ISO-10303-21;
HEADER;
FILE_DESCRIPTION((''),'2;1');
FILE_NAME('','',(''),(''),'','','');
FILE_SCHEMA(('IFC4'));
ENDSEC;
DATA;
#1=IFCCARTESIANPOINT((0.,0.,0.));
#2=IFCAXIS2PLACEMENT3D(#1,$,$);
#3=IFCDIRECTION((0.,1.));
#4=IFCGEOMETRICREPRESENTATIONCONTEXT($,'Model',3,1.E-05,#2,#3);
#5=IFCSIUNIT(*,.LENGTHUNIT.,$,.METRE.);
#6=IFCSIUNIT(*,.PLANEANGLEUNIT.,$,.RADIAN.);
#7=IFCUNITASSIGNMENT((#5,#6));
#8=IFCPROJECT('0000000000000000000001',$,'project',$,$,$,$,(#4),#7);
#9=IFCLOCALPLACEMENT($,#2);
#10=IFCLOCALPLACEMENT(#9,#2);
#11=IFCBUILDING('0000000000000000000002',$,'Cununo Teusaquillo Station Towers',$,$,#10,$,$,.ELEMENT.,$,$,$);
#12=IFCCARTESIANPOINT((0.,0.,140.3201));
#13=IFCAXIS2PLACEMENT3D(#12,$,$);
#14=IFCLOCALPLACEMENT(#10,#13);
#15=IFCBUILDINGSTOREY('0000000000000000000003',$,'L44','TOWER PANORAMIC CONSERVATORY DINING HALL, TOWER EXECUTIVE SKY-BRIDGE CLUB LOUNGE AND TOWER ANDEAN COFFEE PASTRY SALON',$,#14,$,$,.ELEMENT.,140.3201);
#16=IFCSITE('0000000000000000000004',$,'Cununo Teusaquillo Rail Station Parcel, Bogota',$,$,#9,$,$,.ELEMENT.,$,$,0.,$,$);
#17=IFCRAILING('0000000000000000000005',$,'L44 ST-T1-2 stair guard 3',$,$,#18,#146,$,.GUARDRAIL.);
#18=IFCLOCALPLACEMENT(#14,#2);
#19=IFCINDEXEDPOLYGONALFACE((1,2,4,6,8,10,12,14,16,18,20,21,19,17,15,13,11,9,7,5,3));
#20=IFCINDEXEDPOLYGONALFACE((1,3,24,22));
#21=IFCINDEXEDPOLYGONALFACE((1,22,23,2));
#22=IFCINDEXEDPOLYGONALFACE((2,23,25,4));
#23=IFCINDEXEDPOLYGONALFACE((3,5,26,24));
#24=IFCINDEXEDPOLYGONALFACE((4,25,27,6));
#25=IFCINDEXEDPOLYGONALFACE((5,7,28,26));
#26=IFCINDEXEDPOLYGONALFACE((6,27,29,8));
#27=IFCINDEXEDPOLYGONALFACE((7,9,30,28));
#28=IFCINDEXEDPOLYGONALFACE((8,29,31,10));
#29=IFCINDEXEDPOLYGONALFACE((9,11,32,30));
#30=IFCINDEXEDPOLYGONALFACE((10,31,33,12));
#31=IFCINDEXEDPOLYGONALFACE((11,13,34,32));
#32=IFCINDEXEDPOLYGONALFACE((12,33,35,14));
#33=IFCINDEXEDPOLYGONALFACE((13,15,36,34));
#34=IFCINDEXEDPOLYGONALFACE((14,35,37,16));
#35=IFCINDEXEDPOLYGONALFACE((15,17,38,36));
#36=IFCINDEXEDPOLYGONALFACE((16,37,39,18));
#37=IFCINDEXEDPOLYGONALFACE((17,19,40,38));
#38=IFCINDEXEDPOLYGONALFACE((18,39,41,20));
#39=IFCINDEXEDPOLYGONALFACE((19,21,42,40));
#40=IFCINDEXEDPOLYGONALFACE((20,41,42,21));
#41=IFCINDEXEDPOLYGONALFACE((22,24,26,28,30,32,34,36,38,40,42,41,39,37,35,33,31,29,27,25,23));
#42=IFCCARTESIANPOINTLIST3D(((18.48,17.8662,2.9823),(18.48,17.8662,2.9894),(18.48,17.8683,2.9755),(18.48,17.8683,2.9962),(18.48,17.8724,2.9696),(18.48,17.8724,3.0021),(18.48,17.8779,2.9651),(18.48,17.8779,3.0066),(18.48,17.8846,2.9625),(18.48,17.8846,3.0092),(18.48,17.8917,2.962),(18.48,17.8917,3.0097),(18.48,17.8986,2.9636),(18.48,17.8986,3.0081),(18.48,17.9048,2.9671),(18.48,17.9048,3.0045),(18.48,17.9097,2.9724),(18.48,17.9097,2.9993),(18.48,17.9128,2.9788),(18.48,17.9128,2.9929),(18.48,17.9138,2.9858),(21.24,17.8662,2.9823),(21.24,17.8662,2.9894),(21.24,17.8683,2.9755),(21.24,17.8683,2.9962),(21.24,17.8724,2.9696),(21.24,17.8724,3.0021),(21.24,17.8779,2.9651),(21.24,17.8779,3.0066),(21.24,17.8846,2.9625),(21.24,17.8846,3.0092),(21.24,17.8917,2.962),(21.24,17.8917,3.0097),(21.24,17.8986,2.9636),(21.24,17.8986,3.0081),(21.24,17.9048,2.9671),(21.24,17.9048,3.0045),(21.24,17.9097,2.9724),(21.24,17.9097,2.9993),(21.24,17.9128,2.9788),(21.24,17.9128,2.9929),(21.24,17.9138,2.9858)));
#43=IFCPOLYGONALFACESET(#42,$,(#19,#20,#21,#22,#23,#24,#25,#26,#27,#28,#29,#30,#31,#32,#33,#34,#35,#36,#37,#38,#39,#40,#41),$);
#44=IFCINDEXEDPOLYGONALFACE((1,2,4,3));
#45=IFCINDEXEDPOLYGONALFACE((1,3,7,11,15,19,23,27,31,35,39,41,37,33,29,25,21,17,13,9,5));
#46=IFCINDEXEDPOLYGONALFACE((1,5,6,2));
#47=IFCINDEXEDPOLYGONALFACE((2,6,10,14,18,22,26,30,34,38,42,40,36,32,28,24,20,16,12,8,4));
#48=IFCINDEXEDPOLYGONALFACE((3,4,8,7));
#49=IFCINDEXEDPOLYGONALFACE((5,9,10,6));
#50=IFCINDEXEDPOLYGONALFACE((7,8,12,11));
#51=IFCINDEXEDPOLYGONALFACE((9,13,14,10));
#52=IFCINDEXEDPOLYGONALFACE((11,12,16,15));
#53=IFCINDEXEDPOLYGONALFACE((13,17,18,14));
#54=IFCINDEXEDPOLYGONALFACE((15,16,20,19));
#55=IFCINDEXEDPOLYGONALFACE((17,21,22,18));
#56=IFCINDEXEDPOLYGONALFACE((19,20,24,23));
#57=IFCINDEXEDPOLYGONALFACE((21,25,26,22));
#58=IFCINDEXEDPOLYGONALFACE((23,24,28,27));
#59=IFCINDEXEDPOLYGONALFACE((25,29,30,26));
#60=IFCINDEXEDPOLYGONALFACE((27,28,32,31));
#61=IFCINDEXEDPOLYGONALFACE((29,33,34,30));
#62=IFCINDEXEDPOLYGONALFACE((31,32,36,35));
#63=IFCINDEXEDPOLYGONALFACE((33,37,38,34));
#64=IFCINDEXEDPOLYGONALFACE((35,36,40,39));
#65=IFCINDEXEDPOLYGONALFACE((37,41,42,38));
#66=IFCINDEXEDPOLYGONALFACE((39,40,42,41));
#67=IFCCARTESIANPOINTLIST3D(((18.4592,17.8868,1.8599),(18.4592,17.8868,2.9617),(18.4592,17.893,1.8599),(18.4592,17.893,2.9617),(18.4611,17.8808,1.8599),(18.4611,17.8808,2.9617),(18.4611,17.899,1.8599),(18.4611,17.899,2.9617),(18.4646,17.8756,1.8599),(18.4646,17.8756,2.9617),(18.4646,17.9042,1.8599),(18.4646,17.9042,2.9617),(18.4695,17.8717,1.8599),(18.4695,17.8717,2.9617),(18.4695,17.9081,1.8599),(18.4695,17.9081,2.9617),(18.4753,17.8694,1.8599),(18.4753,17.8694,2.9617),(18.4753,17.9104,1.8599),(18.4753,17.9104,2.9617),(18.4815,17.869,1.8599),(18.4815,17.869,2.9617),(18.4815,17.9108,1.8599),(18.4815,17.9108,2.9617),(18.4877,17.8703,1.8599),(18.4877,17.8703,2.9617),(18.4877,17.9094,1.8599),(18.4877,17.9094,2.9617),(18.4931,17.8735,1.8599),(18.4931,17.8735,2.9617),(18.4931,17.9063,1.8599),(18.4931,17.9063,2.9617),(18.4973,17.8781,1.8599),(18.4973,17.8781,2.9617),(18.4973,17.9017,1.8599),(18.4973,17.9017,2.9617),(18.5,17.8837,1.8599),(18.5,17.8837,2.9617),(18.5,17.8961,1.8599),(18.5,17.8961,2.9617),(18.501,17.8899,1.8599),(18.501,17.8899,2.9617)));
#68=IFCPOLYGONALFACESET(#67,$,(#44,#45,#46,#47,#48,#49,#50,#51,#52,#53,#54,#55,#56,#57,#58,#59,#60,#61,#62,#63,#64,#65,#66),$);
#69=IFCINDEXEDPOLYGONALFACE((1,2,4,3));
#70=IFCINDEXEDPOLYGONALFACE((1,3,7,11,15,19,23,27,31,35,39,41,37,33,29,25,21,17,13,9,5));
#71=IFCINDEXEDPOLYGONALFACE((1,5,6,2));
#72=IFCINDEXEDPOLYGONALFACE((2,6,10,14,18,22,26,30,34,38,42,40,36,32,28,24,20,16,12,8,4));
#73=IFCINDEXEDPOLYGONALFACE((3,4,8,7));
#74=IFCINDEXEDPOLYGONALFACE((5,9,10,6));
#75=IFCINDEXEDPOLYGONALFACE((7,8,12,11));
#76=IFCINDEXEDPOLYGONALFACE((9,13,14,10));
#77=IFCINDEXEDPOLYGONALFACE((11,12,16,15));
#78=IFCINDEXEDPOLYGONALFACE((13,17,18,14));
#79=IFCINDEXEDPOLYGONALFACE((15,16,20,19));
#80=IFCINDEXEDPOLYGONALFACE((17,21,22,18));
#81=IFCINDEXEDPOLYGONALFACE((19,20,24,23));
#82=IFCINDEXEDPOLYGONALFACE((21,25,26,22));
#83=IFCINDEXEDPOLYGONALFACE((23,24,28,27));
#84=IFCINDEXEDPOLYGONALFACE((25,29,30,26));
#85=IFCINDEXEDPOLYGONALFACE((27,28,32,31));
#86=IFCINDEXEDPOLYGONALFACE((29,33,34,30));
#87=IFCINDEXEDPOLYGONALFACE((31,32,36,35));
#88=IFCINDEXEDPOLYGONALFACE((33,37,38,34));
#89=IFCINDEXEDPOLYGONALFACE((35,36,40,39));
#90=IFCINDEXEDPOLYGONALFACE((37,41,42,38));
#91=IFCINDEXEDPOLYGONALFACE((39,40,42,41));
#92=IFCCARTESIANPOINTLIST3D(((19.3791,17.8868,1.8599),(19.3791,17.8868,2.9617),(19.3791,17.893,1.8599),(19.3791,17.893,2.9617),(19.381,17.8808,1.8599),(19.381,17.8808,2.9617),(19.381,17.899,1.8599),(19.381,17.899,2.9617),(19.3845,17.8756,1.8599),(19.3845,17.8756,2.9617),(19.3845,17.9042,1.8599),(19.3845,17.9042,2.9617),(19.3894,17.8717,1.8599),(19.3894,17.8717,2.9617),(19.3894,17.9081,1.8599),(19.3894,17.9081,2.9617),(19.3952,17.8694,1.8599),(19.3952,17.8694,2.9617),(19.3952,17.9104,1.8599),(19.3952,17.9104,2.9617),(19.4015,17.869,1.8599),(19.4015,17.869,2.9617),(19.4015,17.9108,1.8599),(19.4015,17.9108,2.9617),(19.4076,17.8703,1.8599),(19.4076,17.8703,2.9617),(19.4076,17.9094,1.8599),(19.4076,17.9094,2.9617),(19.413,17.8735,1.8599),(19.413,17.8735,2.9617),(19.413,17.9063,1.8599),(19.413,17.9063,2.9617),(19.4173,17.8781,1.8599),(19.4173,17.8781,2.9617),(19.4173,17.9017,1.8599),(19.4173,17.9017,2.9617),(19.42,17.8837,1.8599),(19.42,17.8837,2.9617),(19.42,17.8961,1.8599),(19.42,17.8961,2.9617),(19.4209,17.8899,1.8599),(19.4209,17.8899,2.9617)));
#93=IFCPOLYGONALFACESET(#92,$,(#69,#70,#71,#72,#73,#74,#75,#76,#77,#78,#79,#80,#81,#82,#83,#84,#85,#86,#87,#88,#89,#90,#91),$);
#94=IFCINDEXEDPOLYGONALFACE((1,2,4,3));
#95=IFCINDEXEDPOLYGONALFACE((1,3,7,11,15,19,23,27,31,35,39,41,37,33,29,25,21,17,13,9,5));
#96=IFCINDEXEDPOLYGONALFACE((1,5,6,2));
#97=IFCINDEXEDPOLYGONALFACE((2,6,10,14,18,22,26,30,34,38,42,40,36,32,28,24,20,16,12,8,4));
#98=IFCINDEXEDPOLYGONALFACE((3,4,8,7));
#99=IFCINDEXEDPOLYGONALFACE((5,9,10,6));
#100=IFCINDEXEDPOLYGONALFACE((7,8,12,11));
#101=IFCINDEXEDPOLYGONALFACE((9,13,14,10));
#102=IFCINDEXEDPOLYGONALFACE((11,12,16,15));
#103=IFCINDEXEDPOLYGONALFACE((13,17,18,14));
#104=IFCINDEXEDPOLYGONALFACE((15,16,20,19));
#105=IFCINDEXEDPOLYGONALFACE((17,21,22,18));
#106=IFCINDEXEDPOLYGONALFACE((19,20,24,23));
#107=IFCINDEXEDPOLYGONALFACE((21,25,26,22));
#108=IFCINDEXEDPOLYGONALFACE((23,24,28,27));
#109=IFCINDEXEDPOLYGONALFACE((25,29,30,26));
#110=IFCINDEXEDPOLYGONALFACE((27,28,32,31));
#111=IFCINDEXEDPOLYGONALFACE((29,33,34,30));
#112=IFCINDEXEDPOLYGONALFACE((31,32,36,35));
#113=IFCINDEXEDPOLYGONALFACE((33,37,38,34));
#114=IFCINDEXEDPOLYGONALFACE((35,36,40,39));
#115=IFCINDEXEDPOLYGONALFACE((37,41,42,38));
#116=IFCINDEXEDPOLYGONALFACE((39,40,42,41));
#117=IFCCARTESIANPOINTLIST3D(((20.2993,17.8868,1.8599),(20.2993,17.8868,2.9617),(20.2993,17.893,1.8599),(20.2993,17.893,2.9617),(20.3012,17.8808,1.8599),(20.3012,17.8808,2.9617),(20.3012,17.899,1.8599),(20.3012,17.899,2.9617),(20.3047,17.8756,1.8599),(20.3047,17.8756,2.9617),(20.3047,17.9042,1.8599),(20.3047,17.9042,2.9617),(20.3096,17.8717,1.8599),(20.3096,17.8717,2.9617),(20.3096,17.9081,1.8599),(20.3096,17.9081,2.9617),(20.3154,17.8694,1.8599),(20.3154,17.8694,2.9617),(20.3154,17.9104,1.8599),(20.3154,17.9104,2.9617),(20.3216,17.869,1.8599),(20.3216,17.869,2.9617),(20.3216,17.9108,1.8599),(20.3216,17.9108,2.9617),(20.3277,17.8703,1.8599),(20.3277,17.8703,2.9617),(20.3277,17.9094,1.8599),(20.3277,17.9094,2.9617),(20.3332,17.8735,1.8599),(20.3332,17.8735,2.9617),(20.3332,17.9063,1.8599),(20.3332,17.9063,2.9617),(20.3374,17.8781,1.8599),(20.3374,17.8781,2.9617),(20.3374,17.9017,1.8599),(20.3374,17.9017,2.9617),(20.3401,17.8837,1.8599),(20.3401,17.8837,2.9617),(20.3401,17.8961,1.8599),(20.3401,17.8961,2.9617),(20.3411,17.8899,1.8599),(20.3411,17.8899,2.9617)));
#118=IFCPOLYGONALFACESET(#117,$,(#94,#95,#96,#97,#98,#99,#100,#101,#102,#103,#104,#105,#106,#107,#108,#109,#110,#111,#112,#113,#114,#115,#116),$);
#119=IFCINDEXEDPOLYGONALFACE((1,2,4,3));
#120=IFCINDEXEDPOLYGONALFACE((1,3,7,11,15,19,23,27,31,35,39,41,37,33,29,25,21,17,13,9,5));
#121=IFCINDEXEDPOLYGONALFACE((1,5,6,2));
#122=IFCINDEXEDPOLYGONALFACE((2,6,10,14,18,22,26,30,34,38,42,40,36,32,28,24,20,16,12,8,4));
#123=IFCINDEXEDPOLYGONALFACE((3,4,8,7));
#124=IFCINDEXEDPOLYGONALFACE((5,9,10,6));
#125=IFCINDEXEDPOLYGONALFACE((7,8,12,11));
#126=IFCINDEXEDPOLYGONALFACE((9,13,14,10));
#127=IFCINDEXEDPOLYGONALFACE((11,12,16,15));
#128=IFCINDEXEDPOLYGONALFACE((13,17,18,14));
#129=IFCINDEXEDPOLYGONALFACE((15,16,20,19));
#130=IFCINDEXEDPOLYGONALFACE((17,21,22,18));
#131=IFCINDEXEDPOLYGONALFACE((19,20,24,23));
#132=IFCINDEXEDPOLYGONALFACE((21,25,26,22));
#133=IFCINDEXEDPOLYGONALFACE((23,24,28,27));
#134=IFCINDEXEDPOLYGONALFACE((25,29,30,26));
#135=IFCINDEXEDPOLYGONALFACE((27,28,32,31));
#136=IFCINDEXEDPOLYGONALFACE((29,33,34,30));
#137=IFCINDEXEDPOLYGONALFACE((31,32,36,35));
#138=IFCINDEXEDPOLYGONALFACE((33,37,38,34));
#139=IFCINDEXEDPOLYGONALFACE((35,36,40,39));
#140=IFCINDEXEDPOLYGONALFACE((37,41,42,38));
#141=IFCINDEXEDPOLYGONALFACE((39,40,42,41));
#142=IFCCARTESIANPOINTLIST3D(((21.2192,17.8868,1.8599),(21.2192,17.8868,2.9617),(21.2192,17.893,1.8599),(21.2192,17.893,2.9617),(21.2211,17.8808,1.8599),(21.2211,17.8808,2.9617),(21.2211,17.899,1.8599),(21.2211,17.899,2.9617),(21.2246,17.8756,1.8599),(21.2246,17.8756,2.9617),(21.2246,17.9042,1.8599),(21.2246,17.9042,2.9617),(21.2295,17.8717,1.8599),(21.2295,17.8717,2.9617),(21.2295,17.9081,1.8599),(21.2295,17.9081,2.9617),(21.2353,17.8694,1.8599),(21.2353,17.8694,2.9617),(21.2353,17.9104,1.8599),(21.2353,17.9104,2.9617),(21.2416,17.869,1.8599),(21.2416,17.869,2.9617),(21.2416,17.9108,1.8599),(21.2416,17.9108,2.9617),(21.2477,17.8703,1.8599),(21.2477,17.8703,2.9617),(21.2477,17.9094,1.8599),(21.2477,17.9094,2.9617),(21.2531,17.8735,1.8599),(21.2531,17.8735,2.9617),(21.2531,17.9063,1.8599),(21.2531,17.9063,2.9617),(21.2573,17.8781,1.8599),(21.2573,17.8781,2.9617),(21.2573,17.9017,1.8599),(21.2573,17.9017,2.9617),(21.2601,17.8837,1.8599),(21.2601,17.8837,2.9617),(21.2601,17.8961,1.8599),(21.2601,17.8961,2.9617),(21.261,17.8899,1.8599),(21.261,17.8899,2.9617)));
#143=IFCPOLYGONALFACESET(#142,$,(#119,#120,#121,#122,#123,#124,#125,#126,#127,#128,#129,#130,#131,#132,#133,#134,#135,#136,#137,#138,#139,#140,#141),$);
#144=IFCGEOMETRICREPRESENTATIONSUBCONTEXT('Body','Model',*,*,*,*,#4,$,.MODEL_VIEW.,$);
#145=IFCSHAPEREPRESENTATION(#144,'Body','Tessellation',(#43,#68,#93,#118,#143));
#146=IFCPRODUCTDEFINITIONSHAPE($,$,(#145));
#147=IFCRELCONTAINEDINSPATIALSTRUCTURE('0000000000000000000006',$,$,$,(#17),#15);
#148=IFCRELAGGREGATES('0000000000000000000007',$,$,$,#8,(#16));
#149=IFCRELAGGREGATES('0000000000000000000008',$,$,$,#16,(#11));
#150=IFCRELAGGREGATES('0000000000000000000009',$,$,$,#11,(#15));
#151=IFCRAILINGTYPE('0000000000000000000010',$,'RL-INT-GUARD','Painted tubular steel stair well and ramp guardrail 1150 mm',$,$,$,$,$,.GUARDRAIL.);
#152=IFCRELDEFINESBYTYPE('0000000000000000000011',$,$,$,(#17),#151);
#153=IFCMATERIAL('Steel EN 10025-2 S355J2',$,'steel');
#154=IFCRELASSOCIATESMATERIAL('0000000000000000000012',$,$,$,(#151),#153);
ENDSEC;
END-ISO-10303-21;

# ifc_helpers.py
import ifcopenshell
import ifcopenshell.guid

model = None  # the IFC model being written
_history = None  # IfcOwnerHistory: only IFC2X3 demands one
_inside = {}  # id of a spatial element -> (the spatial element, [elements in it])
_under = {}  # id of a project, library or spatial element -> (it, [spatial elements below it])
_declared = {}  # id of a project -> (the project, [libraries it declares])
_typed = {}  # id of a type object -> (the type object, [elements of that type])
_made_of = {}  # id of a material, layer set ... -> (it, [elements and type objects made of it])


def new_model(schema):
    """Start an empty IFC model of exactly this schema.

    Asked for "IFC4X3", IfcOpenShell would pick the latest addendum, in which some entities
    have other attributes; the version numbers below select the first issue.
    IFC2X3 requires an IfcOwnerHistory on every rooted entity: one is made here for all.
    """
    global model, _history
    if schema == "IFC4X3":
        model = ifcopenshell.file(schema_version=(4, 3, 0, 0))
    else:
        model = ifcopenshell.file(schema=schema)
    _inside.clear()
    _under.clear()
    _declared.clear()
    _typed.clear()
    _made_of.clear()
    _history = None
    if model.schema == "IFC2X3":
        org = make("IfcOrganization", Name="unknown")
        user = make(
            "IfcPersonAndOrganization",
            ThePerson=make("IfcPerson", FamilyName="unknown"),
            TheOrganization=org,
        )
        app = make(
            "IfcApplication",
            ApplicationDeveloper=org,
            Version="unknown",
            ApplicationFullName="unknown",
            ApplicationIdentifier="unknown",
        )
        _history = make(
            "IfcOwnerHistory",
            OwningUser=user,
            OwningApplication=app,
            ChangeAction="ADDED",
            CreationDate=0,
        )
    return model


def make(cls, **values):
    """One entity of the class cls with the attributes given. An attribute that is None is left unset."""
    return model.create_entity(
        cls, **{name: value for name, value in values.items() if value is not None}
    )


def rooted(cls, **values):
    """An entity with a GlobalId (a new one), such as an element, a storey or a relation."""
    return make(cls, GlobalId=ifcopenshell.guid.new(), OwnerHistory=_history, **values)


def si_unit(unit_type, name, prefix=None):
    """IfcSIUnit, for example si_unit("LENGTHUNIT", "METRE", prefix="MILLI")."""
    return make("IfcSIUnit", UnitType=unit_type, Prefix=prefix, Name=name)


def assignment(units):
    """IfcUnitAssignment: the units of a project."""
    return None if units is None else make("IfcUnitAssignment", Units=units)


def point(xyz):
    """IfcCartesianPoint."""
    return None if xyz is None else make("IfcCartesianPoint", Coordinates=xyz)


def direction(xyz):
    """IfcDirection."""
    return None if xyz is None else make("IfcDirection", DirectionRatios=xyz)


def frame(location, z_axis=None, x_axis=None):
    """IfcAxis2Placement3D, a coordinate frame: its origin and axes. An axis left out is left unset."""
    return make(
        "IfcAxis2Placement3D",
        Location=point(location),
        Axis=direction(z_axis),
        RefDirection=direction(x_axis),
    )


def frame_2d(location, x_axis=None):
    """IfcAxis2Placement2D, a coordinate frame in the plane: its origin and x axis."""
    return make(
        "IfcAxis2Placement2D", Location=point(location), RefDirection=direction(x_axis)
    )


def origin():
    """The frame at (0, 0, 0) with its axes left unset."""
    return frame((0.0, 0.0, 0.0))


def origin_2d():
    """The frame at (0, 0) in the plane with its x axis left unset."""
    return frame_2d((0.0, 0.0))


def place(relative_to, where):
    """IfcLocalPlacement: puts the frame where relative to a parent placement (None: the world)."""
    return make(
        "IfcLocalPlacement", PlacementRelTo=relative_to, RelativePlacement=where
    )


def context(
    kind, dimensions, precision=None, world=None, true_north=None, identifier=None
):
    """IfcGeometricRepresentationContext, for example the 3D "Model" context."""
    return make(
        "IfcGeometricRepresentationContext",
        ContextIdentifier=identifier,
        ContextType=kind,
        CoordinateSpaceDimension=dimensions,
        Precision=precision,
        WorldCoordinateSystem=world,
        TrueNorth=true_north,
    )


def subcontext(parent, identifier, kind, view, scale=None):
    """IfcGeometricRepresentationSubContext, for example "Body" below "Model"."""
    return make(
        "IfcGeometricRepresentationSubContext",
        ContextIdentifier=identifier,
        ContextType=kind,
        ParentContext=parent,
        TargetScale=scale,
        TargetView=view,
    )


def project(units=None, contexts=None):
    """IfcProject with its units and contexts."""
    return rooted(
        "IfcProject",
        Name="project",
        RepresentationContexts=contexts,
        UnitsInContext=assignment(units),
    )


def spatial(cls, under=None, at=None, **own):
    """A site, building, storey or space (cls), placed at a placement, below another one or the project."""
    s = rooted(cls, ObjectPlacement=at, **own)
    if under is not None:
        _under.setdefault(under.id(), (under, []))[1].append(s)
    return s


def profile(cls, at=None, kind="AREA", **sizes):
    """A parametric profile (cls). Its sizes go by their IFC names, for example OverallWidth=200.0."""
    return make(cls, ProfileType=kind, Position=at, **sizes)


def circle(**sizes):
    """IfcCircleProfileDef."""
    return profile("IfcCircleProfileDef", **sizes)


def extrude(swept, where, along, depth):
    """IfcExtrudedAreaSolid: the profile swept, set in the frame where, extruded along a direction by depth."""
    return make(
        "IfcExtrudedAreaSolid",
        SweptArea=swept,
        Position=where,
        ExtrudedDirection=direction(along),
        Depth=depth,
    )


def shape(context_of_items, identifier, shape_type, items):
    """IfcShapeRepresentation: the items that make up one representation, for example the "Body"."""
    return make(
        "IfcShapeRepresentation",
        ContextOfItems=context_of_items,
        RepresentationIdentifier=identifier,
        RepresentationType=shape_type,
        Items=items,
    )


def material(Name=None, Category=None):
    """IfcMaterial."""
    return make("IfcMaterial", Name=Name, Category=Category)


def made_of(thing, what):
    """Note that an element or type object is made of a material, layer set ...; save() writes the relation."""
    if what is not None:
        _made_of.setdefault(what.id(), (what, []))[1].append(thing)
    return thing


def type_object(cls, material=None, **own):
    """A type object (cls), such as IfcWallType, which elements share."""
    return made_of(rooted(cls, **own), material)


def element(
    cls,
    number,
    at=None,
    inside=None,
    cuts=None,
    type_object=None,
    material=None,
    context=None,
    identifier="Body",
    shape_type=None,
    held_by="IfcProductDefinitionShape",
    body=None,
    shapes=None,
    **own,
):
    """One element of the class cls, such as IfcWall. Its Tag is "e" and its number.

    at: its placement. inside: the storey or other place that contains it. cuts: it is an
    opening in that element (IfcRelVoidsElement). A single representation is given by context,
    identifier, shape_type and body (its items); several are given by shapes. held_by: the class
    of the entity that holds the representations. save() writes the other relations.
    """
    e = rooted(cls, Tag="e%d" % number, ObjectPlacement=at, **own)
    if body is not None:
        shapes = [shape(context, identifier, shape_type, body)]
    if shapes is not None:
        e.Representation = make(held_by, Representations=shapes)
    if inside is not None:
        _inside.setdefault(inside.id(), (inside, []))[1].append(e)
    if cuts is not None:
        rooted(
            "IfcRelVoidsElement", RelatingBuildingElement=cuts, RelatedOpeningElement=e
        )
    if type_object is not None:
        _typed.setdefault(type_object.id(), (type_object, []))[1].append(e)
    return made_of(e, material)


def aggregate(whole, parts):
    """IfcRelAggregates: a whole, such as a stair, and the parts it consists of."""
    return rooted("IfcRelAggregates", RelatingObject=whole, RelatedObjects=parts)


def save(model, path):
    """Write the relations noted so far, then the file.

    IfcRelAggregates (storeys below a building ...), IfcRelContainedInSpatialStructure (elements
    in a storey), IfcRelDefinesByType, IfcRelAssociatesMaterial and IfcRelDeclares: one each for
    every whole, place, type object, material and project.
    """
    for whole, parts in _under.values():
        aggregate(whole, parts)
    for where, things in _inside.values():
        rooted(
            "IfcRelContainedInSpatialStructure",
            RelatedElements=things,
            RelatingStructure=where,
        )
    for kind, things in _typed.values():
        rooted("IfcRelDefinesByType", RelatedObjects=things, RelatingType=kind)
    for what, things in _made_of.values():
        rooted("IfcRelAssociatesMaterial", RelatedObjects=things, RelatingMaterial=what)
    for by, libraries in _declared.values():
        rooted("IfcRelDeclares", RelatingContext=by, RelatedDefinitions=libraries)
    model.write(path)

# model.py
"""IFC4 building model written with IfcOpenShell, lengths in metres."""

from ifc_helpers import new_model, si_unit, direction, frame, origin, origin_2d, place, context, subcontext, project, spatial, circle, extrude, material, type_object, element, save


model = new_model("IFC4")

# Units and contexts
model_context = context("Model", 3, precision=1e-05, world=origin(), true_north=direction((0.0, 1.0)))
body_context = subcontext(model_context, "Body", "Model", "MODEL_VIEW")
ifc_project = project(units=[si_unit("LENGTHUNIT", "METRE"), si_unit("PLANEANGLEUNIT", "RADIAN")], contexts=[model_context])

# Site, building, storey
site_placement = place(None, origin())
site = spatial("IfcSite", under=ifc_project, at=site_placement, Name="Cununo Teusaquillo Rail Station Parcel, Bogota", CompositionType="ELEMENT", RefElevation=0.0)
building_placement = place(site_placement, origin())
building = spatial("IfcBuilding", under=site, at=building_placement, Name="Cununo Teusaquillo Station Towers", CompositionType="ELEMENT")
storey_placement = place(building_placement, frame((0.0, 0.0, 140.3201)))
storey = spatial("IfcBuildingStorey", under=building, at=storey_placement, Name="L44", Description="TOWER PANORAMIC CONSERVATORY DINING HALL, TOWER EXECUTIVE SKY-BRIDGE CLUB LOUNGE AND TOWER ANDEAN COFFEE PASTRY SALON", CompositionType="ELEMENT", Elevation=140.3201)

# Railing
ifc_material_1 = material(Name="Steel EN 10025-2 S355J2", Category="steel")
railing_type_1 = type_object("IfcRailingType", Name="RL-INT-GUARD", Description="Painted tubular steel stair well and ramp guardrail 1150 mm", PredefinedType="GUARDRAIL", material=ifc_material_1)
railing_1_placement = place(storey_placement, frame((18.48, 17.8899, 1.8599)))
element("IfcRailing", 1, at=railing_1_placement, inside=storey, type_object=railing_type_1, Name="L44 ST-T1-2 stair guard 3", PredefinedType="GUARDRAIL", context=body_context, shape_type="SweptSolid", body=[
    extrude(circle(Radius=0.0239, at=origin_2d()), frame((0.0, 0.0, 1.126), z_axis=(1.0, 0.0, 0.0), x_axis=(0.0, 1.0, 0.0)), (0.0, 0.0, 1.0), 2.76),
    extrude(circle(Radius=0.021, at=origin_2d()), origin(), (0.0, 0.0, 1.0), 1.1018),
    extrude(circle(Radius=0.021, at=origin_2d()), frame((0.9199, 0.0, 0.0)), (0.0, 0.0, 1.0), 1.1018),
    extrude(circle(Radius=0.021, at=origin_2d()), frame((1.8401, 0.0, 0.0)), (0.0, 0.0, 1.0), 1.1018),
    extrude(circle(Radius=0.021, at=origin_2d()), frame((2.76, 0.0, 0.0)), (0.0, 0.0, 1.0), 1.1018),
])

save(model, "model.ifc")
